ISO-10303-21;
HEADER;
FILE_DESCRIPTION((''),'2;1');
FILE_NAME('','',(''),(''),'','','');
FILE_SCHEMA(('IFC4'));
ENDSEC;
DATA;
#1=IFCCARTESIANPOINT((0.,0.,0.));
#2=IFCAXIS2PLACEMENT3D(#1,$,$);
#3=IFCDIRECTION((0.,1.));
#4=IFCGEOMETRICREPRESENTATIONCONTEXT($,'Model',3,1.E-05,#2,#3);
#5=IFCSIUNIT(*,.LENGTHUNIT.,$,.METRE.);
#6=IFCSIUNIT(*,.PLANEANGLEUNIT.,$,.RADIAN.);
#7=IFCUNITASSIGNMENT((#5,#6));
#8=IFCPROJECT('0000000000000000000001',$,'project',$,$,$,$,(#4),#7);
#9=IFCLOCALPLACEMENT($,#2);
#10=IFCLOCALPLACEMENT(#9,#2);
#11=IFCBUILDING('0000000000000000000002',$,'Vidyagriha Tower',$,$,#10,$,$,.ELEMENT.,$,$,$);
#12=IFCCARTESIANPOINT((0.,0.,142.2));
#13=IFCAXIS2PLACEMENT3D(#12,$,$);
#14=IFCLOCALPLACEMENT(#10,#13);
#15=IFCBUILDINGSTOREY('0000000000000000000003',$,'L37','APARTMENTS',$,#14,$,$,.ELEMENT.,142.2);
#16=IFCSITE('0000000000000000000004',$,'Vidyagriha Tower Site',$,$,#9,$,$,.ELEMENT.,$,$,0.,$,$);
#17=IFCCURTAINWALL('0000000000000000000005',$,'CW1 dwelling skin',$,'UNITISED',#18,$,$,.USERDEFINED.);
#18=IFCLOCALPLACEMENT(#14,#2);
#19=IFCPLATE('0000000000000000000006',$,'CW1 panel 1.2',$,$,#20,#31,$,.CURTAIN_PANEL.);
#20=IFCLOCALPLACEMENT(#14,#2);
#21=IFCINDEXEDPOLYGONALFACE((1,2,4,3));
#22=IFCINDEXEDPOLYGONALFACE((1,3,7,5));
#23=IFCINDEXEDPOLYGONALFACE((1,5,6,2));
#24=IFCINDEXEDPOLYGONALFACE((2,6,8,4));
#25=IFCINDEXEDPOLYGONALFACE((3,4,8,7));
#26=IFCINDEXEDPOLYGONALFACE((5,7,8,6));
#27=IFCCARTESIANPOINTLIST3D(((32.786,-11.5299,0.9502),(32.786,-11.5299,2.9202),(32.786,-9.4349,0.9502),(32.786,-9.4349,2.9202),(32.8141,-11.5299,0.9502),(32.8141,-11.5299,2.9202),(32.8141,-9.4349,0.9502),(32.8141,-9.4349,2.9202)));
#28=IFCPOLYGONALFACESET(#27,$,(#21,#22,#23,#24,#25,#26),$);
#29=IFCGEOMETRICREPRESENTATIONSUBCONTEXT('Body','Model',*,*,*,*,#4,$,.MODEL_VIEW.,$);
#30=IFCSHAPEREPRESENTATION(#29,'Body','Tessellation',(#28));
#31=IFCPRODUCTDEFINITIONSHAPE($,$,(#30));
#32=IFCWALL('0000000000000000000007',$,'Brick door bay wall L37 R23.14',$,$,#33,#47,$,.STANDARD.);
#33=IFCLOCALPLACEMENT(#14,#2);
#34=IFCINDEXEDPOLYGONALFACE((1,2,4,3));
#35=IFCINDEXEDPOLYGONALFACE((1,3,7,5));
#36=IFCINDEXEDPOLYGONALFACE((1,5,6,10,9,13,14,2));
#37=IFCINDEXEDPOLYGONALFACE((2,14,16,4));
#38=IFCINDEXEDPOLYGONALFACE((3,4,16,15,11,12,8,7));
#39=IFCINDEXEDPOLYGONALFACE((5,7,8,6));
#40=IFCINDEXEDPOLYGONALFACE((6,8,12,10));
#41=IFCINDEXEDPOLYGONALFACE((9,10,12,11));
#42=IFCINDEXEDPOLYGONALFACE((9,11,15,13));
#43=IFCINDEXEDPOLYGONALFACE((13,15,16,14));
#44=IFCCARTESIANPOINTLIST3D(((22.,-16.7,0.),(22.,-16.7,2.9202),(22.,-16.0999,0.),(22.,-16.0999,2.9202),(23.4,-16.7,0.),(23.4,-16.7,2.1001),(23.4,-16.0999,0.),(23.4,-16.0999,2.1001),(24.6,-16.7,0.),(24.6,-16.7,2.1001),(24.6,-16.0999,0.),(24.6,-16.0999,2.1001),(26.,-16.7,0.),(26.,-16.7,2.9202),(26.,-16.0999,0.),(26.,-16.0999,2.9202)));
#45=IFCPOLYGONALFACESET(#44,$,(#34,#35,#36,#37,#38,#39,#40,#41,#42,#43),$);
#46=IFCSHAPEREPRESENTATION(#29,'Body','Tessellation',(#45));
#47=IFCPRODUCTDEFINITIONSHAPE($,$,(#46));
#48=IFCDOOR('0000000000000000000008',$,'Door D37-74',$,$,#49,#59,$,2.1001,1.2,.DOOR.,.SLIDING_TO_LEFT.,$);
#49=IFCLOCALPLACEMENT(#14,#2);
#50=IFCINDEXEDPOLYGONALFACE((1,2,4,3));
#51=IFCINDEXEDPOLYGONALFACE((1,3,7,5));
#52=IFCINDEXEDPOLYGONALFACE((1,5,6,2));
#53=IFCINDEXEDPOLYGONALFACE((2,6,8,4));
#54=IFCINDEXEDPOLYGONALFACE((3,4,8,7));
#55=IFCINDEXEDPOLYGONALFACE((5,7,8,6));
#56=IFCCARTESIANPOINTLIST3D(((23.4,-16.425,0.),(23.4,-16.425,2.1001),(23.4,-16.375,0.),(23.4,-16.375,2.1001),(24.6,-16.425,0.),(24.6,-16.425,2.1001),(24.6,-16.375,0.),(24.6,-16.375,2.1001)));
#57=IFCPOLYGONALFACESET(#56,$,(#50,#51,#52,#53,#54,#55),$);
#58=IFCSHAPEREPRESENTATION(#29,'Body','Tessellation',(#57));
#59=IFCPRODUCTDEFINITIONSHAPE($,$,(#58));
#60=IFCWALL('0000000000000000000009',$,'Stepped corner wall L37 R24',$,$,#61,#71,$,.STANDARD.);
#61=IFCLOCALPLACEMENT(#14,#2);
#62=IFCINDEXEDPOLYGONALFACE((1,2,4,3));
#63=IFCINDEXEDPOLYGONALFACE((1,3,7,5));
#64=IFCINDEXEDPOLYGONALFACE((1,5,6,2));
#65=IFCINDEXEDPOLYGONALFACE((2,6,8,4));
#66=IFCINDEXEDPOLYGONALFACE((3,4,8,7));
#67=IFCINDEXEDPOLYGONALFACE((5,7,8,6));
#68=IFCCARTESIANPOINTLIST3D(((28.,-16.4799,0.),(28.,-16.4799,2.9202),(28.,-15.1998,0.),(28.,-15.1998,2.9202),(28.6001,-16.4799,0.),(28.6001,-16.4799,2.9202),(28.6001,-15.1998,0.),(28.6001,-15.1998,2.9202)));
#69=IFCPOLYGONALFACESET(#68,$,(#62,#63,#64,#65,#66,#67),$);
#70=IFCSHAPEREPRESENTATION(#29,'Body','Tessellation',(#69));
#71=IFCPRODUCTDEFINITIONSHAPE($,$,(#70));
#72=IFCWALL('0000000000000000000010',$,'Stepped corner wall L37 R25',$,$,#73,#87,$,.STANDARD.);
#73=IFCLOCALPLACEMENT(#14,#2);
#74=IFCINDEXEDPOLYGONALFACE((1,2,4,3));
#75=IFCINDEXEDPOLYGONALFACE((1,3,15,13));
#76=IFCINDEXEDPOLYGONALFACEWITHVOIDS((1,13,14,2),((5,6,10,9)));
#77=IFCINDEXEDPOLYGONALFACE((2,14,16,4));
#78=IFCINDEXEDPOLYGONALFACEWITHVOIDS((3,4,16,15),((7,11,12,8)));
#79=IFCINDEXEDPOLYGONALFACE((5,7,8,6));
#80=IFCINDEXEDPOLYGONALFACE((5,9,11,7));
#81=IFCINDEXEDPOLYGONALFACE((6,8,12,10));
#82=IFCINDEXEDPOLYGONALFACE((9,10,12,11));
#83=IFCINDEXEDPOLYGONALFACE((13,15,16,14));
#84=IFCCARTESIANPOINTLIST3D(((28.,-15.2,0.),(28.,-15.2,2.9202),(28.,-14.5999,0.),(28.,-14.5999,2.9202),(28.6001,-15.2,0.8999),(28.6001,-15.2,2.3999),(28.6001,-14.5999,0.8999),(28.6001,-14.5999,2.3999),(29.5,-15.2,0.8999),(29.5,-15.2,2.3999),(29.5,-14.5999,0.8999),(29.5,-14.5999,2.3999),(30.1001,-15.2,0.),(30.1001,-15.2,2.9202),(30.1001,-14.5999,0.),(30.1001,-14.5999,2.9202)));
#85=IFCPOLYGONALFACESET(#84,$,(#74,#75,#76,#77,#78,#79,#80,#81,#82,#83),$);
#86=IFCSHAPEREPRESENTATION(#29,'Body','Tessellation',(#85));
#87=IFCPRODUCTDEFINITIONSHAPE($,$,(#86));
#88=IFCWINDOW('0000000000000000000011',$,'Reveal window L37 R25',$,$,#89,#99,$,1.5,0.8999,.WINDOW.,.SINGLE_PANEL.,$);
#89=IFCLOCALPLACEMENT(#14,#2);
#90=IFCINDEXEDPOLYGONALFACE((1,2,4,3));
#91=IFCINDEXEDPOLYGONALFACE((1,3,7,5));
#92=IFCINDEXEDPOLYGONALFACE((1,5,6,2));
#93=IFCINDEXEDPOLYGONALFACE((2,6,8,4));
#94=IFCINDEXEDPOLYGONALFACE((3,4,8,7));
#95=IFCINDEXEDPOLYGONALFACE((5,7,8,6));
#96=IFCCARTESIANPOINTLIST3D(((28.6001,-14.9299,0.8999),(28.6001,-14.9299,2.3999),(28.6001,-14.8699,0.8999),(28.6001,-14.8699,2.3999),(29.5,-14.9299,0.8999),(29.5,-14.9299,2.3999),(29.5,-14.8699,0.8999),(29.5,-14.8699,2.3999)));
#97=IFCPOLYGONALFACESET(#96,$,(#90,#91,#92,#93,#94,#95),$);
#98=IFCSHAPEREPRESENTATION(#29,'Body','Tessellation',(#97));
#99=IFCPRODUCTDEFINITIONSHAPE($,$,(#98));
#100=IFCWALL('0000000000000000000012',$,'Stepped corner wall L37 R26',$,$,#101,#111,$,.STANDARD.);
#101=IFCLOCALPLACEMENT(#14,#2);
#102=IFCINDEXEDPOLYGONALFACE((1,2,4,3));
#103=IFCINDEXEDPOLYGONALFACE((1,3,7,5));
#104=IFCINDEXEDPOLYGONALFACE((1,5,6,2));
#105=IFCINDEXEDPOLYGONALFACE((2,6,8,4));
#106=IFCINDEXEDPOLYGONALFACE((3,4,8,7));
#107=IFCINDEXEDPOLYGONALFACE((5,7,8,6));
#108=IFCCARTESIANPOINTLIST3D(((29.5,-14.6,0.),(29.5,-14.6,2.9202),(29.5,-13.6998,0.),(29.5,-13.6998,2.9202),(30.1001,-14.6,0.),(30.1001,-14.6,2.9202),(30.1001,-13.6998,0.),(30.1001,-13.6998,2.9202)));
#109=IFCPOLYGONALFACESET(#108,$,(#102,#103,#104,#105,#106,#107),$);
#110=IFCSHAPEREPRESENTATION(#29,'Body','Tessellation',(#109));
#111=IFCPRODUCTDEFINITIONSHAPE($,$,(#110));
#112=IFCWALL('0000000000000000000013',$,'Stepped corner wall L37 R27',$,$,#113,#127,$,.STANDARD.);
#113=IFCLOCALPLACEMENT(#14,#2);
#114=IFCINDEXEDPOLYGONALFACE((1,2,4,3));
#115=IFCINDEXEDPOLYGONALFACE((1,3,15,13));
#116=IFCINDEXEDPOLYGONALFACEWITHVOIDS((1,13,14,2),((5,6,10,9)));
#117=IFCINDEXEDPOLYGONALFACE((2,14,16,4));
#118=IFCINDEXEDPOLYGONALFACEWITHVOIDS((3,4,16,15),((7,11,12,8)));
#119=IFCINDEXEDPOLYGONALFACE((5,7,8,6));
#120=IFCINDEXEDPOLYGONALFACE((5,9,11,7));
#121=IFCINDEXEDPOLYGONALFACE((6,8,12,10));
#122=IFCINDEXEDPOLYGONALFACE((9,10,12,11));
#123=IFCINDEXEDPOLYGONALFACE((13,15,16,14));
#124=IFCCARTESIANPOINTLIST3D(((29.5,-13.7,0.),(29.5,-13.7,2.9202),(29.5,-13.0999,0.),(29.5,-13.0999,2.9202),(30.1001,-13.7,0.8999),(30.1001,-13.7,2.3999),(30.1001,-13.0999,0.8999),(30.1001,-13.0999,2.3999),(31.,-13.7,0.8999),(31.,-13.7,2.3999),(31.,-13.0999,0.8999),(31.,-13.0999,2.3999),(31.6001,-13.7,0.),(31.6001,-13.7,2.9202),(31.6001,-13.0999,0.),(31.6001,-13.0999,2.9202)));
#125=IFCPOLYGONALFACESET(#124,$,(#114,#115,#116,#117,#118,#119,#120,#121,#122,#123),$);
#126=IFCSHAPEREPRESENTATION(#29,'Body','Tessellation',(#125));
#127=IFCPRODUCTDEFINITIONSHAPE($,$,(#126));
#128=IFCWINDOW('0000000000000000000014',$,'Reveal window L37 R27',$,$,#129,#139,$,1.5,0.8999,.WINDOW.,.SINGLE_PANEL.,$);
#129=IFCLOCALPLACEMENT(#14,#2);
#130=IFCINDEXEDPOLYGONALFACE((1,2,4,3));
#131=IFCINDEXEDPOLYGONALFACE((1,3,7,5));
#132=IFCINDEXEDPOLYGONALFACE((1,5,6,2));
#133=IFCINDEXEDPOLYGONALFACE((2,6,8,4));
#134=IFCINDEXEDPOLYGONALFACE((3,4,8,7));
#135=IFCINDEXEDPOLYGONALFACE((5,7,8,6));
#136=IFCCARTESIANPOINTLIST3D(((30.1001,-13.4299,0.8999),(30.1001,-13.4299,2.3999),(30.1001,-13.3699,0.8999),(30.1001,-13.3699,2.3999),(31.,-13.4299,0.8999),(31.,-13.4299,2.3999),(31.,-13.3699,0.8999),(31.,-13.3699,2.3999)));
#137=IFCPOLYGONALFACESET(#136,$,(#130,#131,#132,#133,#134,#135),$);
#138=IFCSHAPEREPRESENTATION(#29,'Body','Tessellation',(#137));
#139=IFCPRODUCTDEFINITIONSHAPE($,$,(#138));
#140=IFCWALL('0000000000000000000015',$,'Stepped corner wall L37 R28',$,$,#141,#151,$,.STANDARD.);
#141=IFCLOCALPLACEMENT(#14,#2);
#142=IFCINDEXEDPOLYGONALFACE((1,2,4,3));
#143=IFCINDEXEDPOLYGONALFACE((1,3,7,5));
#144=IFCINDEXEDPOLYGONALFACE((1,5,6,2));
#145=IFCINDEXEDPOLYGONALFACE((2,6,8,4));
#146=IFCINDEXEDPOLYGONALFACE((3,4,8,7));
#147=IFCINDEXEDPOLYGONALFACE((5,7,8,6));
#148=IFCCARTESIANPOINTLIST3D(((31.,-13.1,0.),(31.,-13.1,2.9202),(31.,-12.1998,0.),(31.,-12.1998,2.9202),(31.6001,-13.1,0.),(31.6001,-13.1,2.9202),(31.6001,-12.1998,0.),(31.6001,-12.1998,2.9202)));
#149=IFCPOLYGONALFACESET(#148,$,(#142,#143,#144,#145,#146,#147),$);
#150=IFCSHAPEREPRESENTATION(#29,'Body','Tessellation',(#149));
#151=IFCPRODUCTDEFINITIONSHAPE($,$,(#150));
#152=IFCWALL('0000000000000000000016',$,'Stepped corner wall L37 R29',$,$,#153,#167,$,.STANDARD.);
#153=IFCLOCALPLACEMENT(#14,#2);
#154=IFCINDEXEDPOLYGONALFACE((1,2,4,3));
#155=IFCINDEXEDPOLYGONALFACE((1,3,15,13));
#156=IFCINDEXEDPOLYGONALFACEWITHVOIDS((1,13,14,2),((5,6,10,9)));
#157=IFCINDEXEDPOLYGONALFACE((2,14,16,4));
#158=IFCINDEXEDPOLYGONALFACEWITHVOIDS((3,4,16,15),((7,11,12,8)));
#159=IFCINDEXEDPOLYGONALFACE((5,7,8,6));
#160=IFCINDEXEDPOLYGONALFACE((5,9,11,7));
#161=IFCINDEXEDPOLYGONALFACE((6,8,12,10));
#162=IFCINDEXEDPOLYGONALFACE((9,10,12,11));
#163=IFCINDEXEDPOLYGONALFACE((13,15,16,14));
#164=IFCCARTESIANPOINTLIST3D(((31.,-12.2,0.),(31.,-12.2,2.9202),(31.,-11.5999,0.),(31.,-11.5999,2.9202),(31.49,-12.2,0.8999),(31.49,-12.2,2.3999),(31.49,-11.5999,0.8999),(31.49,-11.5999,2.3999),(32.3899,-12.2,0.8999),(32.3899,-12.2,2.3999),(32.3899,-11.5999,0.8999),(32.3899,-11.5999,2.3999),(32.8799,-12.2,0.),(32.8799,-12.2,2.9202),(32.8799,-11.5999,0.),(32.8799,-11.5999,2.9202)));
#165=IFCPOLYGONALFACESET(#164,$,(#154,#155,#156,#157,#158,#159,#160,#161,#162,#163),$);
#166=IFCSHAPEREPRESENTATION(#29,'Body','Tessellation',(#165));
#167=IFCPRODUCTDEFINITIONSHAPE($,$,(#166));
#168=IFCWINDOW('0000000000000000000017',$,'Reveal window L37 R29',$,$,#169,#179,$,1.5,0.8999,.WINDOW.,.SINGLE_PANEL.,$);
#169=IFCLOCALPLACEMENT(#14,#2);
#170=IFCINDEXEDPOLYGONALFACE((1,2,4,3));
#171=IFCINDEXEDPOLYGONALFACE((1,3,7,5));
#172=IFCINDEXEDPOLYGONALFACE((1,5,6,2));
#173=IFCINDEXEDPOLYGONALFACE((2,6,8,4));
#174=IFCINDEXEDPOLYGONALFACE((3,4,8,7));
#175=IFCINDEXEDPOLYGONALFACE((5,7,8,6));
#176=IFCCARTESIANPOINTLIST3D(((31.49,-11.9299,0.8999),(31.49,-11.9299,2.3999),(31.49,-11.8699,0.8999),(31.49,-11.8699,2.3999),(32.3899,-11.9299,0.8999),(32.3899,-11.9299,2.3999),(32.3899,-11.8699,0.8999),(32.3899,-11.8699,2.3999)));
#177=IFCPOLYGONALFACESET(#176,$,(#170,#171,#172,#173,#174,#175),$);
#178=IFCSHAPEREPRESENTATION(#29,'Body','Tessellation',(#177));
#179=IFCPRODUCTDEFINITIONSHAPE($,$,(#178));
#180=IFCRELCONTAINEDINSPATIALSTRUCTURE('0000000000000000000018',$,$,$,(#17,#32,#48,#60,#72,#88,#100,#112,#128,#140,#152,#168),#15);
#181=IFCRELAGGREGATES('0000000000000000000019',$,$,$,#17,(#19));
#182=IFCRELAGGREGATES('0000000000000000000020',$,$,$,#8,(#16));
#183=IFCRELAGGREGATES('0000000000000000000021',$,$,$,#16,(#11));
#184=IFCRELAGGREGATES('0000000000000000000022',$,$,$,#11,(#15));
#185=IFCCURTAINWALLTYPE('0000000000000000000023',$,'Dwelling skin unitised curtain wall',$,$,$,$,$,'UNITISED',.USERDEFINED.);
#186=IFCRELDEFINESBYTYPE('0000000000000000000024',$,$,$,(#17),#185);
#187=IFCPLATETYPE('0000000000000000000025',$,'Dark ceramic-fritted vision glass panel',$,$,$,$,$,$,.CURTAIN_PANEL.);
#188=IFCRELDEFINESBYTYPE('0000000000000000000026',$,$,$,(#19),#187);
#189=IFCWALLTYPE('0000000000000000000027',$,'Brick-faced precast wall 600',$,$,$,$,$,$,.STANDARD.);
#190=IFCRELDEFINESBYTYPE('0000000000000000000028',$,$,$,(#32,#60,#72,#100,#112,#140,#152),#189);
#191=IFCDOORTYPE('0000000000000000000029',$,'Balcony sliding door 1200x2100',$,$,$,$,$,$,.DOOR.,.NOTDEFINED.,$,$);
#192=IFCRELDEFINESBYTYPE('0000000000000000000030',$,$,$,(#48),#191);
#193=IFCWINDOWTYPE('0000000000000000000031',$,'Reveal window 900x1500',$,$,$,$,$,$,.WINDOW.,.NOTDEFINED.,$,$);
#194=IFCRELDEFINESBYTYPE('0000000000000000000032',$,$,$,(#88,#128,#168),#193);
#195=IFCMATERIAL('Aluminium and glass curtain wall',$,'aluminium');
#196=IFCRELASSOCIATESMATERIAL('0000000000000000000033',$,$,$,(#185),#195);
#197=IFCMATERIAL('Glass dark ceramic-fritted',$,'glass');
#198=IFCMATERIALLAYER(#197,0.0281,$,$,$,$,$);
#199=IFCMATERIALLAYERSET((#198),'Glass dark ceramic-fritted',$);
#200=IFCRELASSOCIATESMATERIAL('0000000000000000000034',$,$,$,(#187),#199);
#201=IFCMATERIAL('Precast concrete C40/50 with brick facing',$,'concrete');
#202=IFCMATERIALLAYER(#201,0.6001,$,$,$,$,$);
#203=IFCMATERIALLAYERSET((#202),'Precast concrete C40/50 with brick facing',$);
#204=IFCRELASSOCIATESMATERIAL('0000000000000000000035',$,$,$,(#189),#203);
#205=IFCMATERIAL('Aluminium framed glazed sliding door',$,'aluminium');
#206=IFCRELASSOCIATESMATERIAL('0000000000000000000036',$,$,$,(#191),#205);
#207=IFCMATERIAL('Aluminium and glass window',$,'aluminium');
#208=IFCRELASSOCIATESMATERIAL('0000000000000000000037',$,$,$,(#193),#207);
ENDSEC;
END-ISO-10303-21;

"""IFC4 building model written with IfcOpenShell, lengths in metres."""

from ifc_helpers import new_model, si_unit, direction, frame, frame_2d, origin, origin_2d, place, context, subcontext, project, spatial, rectangle, extrude, material, layer, layer_set, type_object, element, fill, aggregate, save


model = new_model("IFC4")

# Units and contexts
model_context = context("Model", 3, precision=1e-05, world=origin(), true_north=direction((0.0, 1.0)))
body_context = subcontext(model_context, "Body", "Model", "MODEL_VIEW")
ifc_project = project(units=[si_unit("LENGTHUNIT", "METRE"), si_unit("PLANEANGLEUNIT", "RADIAN")], contexts=[model_context])

# Site, building, storey
site_placement = place(None, origin())
site = spatial("IfcSite", under=ifc_project, at=site_placement, Name="Vidyagriha Tower Site", CompositionType="ELEMENT", RefElevation=0.0)
building_placement = place(site_placement, origin())
building = spatial("IfcBuilding", under=site, at=building_placement, Name="Vidyagriha Tower", CompositionType="ELEMENT")
storey_placement = place(building_placement, frame((0.0, 0.0, 142.2)))
storey = spatial("IfcBuildingStorey", under=building, at=storey_placement, Name="L37", Description="APARTMENTS", CompositionType="ELEMENT", Elevation=142.2)

# Curtain wall
ifc_material_1 = material(Name="Aluminium and glass curtain wall", Category="aluminium")
curtain_wall_type = type_object("IfcCurtainWallType", Name="Dwelling skin unitised curtain wall", ElementType="UNITISED", PredefinedType="USERDEFINED", material=ifc_material_1)
curtain_wall_1_placement = place(storey_placement, origin())
curtain_wall_1 = element("IfcCurtainWall", 1, at=curtain_wall_1_placement, inside=storey, type_object=curtain_wall_type, Name="CW1 dwelling skin", ObjectType="UNITISED", PredefinedType="USERDEFINED")

# Plate
ifc_material_2 = material(Name="Glass dark ceramic-fritted", Category="glass")
ifc_layer_1 = layer(ifc_material_2, 0.0281)
ifc_layer_set_1 = layer_set([ifc_layer_1], Name="Glass dark ceramic-fritted")
plate_type_1 = type_object("IfcPlateType", Name="Dark ceramic-fritted vision glass panel", PredefinedType="CURTAIN_PANEL", material=ifc_layer_set_1)
plate_1_placement = place(storey_placement, frame((32.8, -10.4824, 0.9502), z_axis=(0.0, 0.0, 1.0), x_axis=(0.0, 1.0, 0.0)))
plate_1 = element("IfcPlate", 2, at=plate_1_placement, type_object=plate_type_1, Name="CW1 panel 1.2", PredefinedType="CURTAIN_PANEL", context=body_context, shape_type="SweptSolid", body=[
    extrude(rectangle(XDim=2.095, YDim=0.0281, at=origin_2d()), origin(), (0.0, 0.0, 1.0), 1.97),
])
aggregate(curtain_wall_1, [plate_1])

# Wall, opening, door
ifc_material_3 = material(Name="Precast concrete C40/50 with brick facing", Category="concrete")
ifc_layer_2 = layer(ifc_material_3, 0.6001)
ifc_layer_set_2 = layer_set([ifc_layer_2], Name="Precast concrete C40/50 with brick facing")
wall_type = type_object("IfcWallType", Name="Brick-faced precast wall 600", PredefinedType="STANDARD", material=ifc_layer_set_2)
wall_1_placement = place(storey_placement, frame((22.0, -16.3999, 0.0)))
wall_1 = element("IfcWall", 3, at=wall_1_placement, inside=storey, type_object=wall_type, Name="Brick door bay wall L37 R23.14", PredefinedType="STANDARD", context=body_context, shape_type="SweptSolid", body=[
    extrude(rectangle(XDim=4.0, YDim=0.6001, at=frame_2d((2.0, 0.0))), origin(), (0.0, 0.0, 1.0), 2.9202),
])
opening_1_placement = place(wall_1_placement, frame((1.3999, 0.0, 0.0)))
opening_1 = element("IfcOpeningElement", 4, at=opening_1_placement, cuts=wall_1, PredefinedType="OPENING", context=body_context, shape_type="SweptSolid", body=[
    extrude(rectangle(XDim=1.2, YDim=2.1001, at=frame_2d((0.6001, 1.05))), frame((0.0, 0.3101, 0.0), z_axis=(0.0, -1.0, 0.0), x_axis=(1.0, 0.0, 0.0)), (0.0, 0.0, 1.0), 0.6201),
])
ifc_material_4 = material(Name="Aluminium framed glazed sliding door", Category="aluminium")
door_type = type_object("IfcDoorType", Name="Balcony sliding door 1200x2100", OperationType="NOTDEFINED", PredefinedType="DOOR", material=ifc_material_4)
door_placement = place(opening_1_placement, origin())
door = element("IfcDoor", 5, at=door_placement, inside=storey, type_object=door_type, Name="Door D37-74", OperationType="SLIDING_TO_LEFT", OverallHeight=2.1001, OverallWidth=1.2, PredefinedType="DOOR", context=body_context, shape_type="SweptSolid", body=[
    extrude(rectangle(XDim=1.2, YDim=2.1001, at=frame_2d((0.6001, 1.05))), frame((0.0, 0.0249, 0.0), z_axis=(0.0, -1.0, 0.0), x_axis=(1.0, 0.0, 0.0)), (0.0, 0.0, 1.0), 0.05),
])
fill(opening_1, door)

# Wall
wall_2_placement = place(storey_placement, frame((28.3, -16.48, 0.0), z_axis=(0.0, 0.0, 1.0), x_axis=(0.0, 1.0, 0.0)))
element("IfcWall", 6, at=wall_2_placement, inside=storey, type_object=wall_type, Name="Stepped corner wall L37 R24", PredefinedType="STANDARD", context=body_context, shape_type="SweptSolid", body=[
    extrude(rectangle(XDim=1.28, YDim=0.6001, at=frame_2d((0.6401, 0.0))), origin(), (0.0, 0.0, 1.0), 2.9202),
])

# Wall, opening, window
wall_3_placement = place(storey_placement, frame((28.0, -14.8999, 0.0)))
wall_3 = element("IfcWall", 7, at=wall_3_placement, inside=storey, type_object=wall_type, Name="Stepped corner wall L37 R25", PredefinedType="STANDARD", context=body_context, shape_type="SweptSolid", body=[
    extrude(rectangle(XDim=2.1001, YDim=0.6001, at=frame_2d((1.05, 0.0))), origin(), (0.0, 0.0, 1.0), 2.9202),
])
opening_2_placement = place(wall_3_placement, frame((0.6001, 0.0, 0.8999)))
opening_2 = element("IfcOpeningElement", 8, at=opening_2_placement, cuts=wall_3, PredefinedType="OPENING", context=body_context, shape_type="SweptSolid", body=[
    extrude(rectangle(XDim=0.8999, YDim=1.5, at=frame_2d((0.45, 0.75))), frame((0.0, 0.3101, 0.0), z_axis=(0.0, -1.0, 0.0), x_axis=(1.0, 0.0, 0.0)), (0.0, 0.0, 1.0), 0.6201),
])
ifc_material_5 = material(Name="Aluminium and glass window", Category="aluminium")
window_type = type_object("IfcWindowType", Name="Reveal window 900x1500", PartitioningType="NOTDEFINED", PredefinedType="WINDOW", material=ifc_material_5)
window_1_placement = place(opening_2_placement, origin())
window_1 = element("IfcWindow", 9, at=window_1_placement, inside=storey, type_object=window_type, Name="Reveal window L37 R25", OverallHeight=1.5, OverallWidth=0.8999, PartitioningType="SINGLE_PANEL", PredefinedType="WINDOW", context=body_context, shape_type="SweptSolid", body=[
    extrude(rectangle(XDim=0.8999, YDim=1.5, at=frame_2d((0.45, 0.75))), frame((0.0, 0.03, 0.0), z_axis=(0.0, -1.0, 0.0), x_axis=(1.0, 0.0, 0.0)), (0.0, 0.0, 1.0), 0.0601),
])
fill(opening_2, window_1)

# Wall
wall_4_placement = place(storey_placement, frame((29.8, -14.6001, 0.0), z_axis=(0.0, 0.0, 1.0), x_axis=(0.0, 1.0, 0.0)))
element("IfcWall", 10, at=wall_4_placement, inside=storey, type_object=wall_type, Name="Stepped corner wall L37 R26", PredefinedType="STANDARD", context=body_context, shape_type="SweptSolid", body=[
    extrude(rectangle(XDim=0.9001, YDim=0.6001, at=frame_2d((0.4502, 0.0))), origin(), (0.0, 0.0, 1.0), 2.9202),
])

# Wall, opening, window
wall_5_placement = place(storey_placement, frame((29.5, -13.3999, 0.0)))
wall_5 = element("IfcWall", 11, at=wall_5_placement, inside=storey, type_object=wall_type, Name="Stepped corner wall L37 R27", PredefinedType="STANDARD", context=body_context, shape_type="SweptSolid", body=[
    extrude(rectangle(XDim=2.1001, YDim=0.6001, at=frame_2d((1.05, 0.0))), origin(), (0.0, 0.0, 1.0), 2.9202),
])
opening_3_placement = place(wall_5_placement, frame((0.6001, 0.0, 0.8999)))
opening_3 = element("IfcOpeningElement", 12, at=opening_3_placement, cuts=wall_5, PredefinedType="OPENING", context=body_context, shape_type="SweptSolid", body=[
    extrude(rectangle(XDim=0.8999, YDim=1.5, at=frame_2d((0.45, 0.75))), frame((0.0, 0.3101, 0.0), z_axis=(0.0, -1.0, 0.0), x_axis=(1.0, 0.0, 0.0)), (0.0, 0.0, 1.0), 0.6201),
])
window_2_placement = place(opening_3_placement, origin())
window_2 = element("IfcWindow", 13, at=window_2_placement, inside=storey, type_object=window_type, Name="Reveal window L37 R27", OverallHeight=1.5, OverallWidth=0.8999, PartitioningType="SINGLE_PANEL", PredefinedType="WINDOW", context=body_context, shape_type="SweptSolid", body=[
    extrude(rectangle(XDim=0.8999, YDim=1.5, at=frame_2d((0.45, 0.75))), frame((0.0, 0.03, 0.0), z_axis=(0.0, -1.0, 0.0), x_axis=(1.0, 0.0, 0.0)), (0.0, 0.0, 1.0), 0.0601),
])
fill(opening_3, window_2)

# Wall
wall_6_placement = place(storey_placement, frame((31.3, -13.1001, 0.0), z_axis=(0.0, 0.0, 1.0), x_axis=(0.0, 1.0, 0.0)))
element("IfcWall", 14, at=wall_6_placement, inside=storey, type_object=wall_type, Name="Stepped corner wall L37 R28", PredefinedType="STANDARD", context=body_context, shape_type="SweptSolid", body=[
    extrude(rectangle(XDim=0.9001, YDim=0.6001, at=frame_2d((0.4502, 0.0))), origin(), (0.0, 0.0, 1.0), 2.9202),
])

# Wall, opening, window
wall_7_placement = place(storey_placement, frame((31.0, -11.8999, 0.0)))
wall_7 = element("IfcWall", 15, at=wall_7_placement, inside=storey, type_object=wall_type, Name="Stepped corner wall L37 R29", PredefinedType="STANDARD", context=body_context, shape_type="SweptSolid", body=[
    extrude(rectangle(XDim=1.8799, YDim=0.6001, at=frame_2d((0.9399, 0.0))), origin(), (0.0, 0.0, 1.0), 2.9202),
])
opening_4_placement = place(wall_7_placement, frame((0.49, 0.0, 0.8999)))
opening_4 = element("IfcOpeningElement", 16, at=opening_4_placement, cuts=wall_7, PredefinedType="OPENING", context=body_context, shape_type="SweptSolid", body=[
    extrude(rectangle(XDim=0.8999, YDim=1.5, at=frame_2d((0.45, 0.75))), frame((0.0, 0.3101, 0.0), z_axis=(0.0, -1.0, 0.0), x_axis=(1.0, 0.0, 0.0)), (0.0, 0.0, 1.0), 0.6201),
])
window_3_placement = place(opening_4_placement, origin())
window_3 = element("IfcWindow", 17, at=window_3_placement, inside=storey, type_object=window_type, Name="Reveal window L37 R29", OverallHeight=1.5, OverallWidth=0.8999, PartitioningType="SINGLE_PANEL", PredefinedType="WINDOW", context=body_context, shape_type="SweptSolid", body=[
    extrude(rectangle(XDim=0.8999, YDim=1.5, at=frame_2d((0.45, 0.75))), frame((0.0, 0.03, 0.0), z_axis=(0.0, -1.0, 0.0), x_axis=(1.0, 0.0, 0.0)), (0.0, 0.0, 1.0), 0.0601),
])
fill(opening_4, window_3)

save(model, "model.ifc")
